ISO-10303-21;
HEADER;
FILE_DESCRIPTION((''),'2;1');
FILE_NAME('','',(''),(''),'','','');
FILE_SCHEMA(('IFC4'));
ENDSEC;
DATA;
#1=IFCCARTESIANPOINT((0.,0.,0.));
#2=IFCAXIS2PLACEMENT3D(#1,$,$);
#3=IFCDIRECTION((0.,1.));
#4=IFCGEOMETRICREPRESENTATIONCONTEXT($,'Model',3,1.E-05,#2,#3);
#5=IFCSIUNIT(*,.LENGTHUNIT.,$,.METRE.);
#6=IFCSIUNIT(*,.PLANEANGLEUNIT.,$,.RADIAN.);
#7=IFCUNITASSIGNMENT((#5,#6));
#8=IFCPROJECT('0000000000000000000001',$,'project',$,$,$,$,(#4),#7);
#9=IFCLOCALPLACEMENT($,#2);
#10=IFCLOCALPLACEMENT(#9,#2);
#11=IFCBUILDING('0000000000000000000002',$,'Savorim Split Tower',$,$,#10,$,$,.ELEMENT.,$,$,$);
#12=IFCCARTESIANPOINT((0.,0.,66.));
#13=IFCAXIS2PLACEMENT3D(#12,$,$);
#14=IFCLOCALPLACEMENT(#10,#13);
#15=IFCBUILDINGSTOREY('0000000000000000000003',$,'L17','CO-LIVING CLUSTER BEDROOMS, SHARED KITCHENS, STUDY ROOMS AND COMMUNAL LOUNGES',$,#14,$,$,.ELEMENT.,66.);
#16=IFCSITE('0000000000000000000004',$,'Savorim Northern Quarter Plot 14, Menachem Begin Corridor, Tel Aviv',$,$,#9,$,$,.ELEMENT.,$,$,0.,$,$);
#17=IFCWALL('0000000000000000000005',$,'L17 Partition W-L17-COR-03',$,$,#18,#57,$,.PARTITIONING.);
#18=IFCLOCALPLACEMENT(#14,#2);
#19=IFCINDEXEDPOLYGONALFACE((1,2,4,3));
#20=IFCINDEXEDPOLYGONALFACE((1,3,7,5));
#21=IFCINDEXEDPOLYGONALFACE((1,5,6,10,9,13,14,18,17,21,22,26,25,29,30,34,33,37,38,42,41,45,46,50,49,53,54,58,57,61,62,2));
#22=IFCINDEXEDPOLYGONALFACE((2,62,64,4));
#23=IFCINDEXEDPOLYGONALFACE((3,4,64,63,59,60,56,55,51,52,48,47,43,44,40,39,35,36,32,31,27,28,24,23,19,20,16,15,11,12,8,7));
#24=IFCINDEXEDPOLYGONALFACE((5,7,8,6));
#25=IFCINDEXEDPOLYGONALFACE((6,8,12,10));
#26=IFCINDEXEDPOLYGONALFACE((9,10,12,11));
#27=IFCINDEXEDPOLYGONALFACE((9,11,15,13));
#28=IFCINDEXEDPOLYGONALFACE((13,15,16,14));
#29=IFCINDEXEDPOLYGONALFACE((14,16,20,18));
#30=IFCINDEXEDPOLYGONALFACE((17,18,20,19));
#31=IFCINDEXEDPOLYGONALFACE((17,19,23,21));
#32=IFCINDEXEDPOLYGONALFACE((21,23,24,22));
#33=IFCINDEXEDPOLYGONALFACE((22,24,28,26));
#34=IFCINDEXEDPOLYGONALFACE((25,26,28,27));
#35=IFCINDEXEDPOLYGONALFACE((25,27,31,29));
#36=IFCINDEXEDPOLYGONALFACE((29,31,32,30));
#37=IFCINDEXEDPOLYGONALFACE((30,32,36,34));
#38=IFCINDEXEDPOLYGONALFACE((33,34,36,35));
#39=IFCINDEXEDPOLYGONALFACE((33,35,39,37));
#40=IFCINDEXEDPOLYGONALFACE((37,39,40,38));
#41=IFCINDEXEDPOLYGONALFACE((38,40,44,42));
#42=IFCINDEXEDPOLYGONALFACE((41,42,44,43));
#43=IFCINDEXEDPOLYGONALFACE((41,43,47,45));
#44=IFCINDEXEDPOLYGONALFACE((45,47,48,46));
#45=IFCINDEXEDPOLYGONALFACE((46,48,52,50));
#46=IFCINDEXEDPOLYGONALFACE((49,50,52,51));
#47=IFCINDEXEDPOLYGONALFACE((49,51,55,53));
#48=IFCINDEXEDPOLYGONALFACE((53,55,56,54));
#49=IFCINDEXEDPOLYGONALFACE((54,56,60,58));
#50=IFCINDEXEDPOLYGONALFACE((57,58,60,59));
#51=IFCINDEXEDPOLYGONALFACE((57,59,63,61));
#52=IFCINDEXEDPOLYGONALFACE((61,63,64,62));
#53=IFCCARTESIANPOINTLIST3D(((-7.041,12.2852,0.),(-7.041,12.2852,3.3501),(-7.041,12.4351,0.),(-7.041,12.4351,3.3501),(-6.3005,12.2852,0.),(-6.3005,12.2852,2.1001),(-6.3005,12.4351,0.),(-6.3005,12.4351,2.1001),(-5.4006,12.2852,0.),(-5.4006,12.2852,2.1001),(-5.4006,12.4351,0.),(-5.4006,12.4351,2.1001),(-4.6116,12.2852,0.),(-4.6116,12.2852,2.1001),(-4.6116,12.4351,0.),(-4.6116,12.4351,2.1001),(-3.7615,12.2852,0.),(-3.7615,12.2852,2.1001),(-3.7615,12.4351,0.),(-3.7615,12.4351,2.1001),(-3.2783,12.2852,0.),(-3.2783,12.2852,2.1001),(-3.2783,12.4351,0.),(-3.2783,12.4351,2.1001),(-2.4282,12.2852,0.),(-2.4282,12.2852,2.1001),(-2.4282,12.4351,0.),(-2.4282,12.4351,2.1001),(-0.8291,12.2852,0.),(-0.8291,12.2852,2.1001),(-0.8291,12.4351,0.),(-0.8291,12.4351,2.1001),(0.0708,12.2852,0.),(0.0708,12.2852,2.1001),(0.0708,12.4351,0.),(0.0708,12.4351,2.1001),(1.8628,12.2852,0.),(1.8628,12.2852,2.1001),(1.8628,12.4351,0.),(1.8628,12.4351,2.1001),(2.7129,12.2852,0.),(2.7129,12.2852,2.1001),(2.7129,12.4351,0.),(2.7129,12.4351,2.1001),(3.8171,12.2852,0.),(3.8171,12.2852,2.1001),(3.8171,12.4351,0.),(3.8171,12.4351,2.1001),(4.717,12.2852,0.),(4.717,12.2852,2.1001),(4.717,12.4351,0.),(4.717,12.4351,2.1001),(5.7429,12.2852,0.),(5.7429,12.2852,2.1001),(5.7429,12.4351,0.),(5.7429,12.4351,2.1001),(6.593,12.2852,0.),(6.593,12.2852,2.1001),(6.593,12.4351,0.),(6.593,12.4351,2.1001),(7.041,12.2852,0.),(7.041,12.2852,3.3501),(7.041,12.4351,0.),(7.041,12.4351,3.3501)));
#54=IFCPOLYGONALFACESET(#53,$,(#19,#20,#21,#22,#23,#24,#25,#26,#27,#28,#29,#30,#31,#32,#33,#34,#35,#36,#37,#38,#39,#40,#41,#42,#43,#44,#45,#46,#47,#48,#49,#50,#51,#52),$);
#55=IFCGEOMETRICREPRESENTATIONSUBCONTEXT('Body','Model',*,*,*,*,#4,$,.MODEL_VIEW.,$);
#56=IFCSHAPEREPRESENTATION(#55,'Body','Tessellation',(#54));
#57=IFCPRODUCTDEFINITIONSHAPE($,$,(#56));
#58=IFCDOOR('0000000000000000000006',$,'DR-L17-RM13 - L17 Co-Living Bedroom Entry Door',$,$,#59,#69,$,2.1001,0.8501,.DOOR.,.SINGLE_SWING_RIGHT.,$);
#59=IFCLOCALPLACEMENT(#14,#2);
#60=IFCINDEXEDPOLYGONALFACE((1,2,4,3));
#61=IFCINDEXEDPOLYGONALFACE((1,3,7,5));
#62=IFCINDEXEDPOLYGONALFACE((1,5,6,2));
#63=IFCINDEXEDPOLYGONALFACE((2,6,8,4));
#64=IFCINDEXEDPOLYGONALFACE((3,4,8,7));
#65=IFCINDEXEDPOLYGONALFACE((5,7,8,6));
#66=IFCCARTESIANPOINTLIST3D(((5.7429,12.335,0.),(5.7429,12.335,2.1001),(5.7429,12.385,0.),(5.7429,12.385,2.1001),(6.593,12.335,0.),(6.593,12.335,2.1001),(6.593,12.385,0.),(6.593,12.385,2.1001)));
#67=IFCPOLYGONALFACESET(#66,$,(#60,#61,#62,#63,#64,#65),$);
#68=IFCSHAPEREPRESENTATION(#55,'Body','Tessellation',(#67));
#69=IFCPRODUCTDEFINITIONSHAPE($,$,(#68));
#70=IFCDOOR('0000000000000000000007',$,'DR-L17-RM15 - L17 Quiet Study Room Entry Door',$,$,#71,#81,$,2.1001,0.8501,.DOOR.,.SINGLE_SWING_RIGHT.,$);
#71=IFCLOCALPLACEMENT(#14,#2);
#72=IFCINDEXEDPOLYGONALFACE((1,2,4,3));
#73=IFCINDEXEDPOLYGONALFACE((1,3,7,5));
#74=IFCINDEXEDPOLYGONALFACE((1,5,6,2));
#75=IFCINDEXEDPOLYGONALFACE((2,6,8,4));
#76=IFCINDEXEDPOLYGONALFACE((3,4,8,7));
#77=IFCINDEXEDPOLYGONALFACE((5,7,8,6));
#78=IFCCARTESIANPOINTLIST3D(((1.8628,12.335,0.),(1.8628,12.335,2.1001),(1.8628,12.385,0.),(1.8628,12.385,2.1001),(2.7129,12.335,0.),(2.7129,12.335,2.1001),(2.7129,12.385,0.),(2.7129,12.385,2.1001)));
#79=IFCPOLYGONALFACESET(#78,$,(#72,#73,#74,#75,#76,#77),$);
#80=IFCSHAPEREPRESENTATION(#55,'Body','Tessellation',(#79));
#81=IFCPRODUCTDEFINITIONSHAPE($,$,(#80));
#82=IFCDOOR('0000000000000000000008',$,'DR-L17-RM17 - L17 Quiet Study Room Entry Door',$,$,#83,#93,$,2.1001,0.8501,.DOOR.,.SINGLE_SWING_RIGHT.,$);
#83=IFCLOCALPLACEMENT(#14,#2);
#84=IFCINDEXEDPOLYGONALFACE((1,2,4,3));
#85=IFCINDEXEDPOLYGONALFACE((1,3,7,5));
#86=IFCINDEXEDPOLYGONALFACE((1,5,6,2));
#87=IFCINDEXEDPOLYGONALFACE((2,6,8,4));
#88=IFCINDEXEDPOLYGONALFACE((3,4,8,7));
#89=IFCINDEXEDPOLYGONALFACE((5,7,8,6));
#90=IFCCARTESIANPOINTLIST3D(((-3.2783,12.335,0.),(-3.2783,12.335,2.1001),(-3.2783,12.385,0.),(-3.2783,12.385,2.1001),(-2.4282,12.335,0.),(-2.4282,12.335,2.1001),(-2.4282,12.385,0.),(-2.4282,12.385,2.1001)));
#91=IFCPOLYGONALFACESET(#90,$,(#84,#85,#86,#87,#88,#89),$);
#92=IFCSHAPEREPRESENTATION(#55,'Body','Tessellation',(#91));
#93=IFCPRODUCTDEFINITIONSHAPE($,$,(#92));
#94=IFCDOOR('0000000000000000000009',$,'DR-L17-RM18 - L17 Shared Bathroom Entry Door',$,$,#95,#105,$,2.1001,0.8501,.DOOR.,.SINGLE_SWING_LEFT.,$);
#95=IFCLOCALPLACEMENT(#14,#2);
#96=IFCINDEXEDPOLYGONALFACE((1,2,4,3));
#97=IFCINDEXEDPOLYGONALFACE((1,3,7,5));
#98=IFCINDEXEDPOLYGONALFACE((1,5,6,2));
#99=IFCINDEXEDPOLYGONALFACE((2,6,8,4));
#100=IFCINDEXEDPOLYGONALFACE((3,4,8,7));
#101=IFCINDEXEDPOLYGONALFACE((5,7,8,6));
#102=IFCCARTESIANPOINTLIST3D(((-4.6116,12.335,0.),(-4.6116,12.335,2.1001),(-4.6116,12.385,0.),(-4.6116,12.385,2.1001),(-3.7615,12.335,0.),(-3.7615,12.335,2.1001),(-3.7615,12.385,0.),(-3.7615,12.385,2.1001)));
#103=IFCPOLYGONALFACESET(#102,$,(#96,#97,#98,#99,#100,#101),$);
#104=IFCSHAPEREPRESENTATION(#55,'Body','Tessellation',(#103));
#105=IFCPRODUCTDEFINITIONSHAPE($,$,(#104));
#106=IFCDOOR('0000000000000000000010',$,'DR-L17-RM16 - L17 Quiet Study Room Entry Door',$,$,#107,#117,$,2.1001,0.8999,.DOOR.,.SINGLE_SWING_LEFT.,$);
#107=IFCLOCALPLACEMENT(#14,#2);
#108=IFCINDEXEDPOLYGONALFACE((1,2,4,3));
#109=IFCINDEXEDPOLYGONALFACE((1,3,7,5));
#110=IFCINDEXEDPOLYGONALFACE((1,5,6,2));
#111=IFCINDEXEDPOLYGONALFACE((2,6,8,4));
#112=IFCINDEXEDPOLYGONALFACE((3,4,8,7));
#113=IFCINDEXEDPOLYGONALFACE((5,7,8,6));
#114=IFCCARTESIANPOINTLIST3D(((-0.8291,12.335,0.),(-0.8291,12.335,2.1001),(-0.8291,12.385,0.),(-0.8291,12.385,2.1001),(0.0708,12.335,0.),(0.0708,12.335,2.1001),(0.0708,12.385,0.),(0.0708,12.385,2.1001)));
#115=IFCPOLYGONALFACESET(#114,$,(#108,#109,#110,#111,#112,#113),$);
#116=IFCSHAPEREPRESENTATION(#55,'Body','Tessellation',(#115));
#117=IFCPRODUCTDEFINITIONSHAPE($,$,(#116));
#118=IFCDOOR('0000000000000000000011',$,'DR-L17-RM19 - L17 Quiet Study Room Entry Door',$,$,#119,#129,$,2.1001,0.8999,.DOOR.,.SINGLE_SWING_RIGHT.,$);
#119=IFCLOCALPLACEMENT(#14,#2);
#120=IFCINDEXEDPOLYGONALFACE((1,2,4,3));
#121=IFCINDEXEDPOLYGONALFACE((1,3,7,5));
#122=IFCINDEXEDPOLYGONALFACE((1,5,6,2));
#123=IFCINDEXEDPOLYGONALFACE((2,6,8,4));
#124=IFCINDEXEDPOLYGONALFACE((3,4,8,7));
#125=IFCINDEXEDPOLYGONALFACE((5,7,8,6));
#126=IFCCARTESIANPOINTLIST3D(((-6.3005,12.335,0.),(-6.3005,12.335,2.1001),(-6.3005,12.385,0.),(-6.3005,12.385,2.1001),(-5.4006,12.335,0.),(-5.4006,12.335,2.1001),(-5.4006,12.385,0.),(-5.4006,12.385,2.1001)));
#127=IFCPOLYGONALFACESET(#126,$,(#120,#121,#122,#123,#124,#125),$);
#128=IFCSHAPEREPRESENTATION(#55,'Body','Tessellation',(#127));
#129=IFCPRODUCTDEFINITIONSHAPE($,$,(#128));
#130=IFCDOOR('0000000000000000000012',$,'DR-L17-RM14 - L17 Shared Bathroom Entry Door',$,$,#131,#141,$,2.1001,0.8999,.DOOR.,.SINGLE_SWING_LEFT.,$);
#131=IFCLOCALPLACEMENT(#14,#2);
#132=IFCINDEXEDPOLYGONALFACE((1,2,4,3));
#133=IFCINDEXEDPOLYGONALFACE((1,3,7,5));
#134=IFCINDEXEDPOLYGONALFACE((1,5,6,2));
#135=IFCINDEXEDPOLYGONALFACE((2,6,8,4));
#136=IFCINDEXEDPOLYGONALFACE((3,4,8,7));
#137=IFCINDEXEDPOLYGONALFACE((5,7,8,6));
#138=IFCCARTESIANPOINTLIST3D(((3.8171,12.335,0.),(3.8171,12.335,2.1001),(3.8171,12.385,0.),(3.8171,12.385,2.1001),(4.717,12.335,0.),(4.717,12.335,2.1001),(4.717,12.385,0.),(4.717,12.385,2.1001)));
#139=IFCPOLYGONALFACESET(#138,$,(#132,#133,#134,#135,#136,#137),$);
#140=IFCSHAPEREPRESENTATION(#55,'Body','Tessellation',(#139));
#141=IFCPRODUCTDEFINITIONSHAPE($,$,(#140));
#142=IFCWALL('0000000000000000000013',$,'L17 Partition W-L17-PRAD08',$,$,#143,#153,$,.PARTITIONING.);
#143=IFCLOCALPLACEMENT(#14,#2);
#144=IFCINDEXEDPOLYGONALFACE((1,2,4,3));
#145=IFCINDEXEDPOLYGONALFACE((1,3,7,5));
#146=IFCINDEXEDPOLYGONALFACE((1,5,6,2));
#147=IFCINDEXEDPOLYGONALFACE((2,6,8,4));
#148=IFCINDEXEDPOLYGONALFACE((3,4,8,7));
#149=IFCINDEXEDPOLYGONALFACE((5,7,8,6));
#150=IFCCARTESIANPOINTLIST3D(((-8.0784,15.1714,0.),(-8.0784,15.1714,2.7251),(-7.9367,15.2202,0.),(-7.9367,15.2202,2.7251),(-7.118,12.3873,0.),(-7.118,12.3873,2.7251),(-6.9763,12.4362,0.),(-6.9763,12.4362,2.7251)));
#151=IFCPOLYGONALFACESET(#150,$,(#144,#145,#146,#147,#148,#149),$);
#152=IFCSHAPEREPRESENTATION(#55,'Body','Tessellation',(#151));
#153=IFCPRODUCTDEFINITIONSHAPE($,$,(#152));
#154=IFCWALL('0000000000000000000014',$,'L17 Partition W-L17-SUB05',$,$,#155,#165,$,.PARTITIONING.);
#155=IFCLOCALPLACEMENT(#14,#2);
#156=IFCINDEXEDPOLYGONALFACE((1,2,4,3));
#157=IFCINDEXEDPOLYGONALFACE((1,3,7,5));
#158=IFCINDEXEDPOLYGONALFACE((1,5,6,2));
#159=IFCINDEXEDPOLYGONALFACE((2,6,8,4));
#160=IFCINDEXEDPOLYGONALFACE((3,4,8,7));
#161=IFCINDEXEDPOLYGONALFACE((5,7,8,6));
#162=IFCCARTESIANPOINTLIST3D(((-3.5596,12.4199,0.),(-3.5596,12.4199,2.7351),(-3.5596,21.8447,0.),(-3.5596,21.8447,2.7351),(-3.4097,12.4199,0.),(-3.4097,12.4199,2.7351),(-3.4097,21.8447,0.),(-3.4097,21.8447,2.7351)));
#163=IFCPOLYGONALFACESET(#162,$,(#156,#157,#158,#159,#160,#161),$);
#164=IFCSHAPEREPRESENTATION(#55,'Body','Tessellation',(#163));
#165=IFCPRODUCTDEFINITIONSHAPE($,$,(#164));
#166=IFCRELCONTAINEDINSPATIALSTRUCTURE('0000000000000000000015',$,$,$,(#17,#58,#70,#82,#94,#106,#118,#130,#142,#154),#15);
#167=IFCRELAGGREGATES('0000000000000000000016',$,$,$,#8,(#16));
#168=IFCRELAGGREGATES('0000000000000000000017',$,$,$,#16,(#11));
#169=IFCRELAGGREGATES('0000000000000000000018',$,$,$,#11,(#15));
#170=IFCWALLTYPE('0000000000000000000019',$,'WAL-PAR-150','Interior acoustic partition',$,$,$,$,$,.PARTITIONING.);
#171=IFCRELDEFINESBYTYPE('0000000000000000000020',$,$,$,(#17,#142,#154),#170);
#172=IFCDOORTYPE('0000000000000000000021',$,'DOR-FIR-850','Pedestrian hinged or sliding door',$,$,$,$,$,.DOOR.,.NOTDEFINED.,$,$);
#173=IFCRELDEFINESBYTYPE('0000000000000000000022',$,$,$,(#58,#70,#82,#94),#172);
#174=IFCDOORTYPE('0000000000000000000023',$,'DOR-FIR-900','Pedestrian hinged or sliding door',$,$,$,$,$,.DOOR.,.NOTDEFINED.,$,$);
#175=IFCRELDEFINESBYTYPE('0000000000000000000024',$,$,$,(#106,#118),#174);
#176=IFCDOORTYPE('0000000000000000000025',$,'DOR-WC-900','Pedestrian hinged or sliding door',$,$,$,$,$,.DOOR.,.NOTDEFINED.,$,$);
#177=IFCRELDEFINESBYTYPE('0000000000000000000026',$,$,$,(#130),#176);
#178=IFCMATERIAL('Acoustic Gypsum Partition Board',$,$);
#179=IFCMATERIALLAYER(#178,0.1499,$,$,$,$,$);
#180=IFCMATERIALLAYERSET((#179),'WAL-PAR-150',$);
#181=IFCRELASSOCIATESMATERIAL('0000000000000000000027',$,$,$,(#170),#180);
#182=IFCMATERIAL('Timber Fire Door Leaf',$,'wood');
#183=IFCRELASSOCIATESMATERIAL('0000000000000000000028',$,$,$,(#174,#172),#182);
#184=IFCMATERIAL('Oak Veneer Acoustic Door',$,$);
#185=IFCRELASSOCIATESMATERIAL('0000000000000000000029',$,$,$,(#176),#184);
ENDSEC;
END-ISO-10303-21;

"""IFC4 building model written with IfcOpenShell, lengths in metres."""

from ifc_helpers import new_model, si_unit, direction, frame, frame_2d, origin, place, context, subcontext, project, spatial, rectangle, extrude, material, layer, layer_set, type_object, element, fill, save


model = new_model("IFC4")

# Units and contexts
model_context = context("Model", 3, precision=1e-05, world=origin(), true_north=direction((0.0, 1.0)))
body_context = subcontext(model_context, "Body", "Model", "MODEL_VIEW")
ifc_project = project(units=[si_unit("LENGTHUNIT", "METRE"), si_unit("PLANEANGLEUNIT", "RADIAN")], contexts=[model_context])

# Site, building, storey
site_placement = place(None, origin())
site = spatial("IfcSite", under=ifc_project, at=site_placement, Name="Savorim Northern Quarter Plot 14, Menachem Begin Corridor, Tel Aviv", CompositionType="ELEMENT", RefElevation=0.0)
building_placement = place(site_placement, origin())
building = spatial("IfcBuilding", under=site, at=building_placement, Name="Savorim Split Tower", CompositionType="ELEMENT")
storey_placement = place(building_placement, frame((0.0, 0.0, 66.0)))
storey = spatial("IfcBuildingStorey", under=building, at=storey_placement, Name="L17", Description="CO-LIVING CLUSTER BEDROOMS, SHARED KITCHENS, STUDY ROOMS AND COMMUNAL LOUNGES", CompositionType="ELEMENT", Elevation=66.0)

# Shared definitions
ifc_material_1 = material(Name="Acoustic Gypsum Partition Board")
ifc_layer_1 = layer(ifc_material_1, 0.1499)
ifc_layer_set_1 = layer_set([ifc_layer_1], Name="WAL-PAR-150")
wall_type = type_object("IfcWallType", Name="WAL-PAR-150", Description="Interior acoustic partition", PredefinedType="PARTITIONING", material=ifc_layer_set_1)
ifc_material_2 = material(Name="Timber Fire Door Leaf", Category="wood")
door_type_1 = type_object("IfcDoorType", Name="DOR-FIR-900", Description="Pedestrian hinged or sliding door", OperationType="NOTDEFINED", PredefinedType="DOOR", material=ifc_material_2)

# Wall, openings, doors
wall_1_placement = place(storey_placement, frame((-7.041, 12.3601, 0.0), z_axis=(0.0, 0.0, 1.0), x_axis=(1.0, 0.0, 0.0)))
wall_1 = element("IfcWall", 1, at=wall_1_placement, inside=storey, type_object=wall_type, Name="L17 Partition W-L17-COR-03", PredefinedType="PARTITIONING", context=body_context, shape_type="SweptSolid", body=[
    extrude(rectangle(XDim=14.082, YDim=0.1499, at=frame_2d((7.041, 0.0))), origin(), (0.0, 0.0, 1.0), 3.3501),
])
opening_1_placement = place(wall_1_placement, frame((12.7839, 0.0, 0.0)))
opening_1 = element("IfcOpeningElement", 2, at=opening_1_placement, cuts=wall_1, PredefinedType="OPENING", context=body_context, shape_type="SweptSolid", body=[
    extrude(rectangle(XDim=0.8501, YDim=2.1001, at=frame_2d((0.425, 1.05))), frame((0.0, 0.085, 0.0), z_axis=(0.0, -1.0, 0.0), x_axis=(1.0, 0.0, 0.0)), (0.0, 0.0, 1.0), 0.1699),
])
opening_2_placement = place(wall_1_placement, frame((10.8582, 0.0, 0.0)))
opening_2 = element("IfcOpeningElement", 3, at=opening_2_placement, cuts=wall_1, PredefinedType="OPENING", context=body_context, shape_type="SweptSolid", body=[
    extrude(rectangle(XDim=0.8999, YDim=2.1001, at=frame_2d((0.45, 1.05))), frame((0.0, 0.085, 0.0), z_axis=(0.0, -1.0, 0.0), x_axis=(1.0, 0.0, 0.0)), (0.0, 0.0, 1.0), 0.1699),
])
opening_3_placement = place(wall_1_placement, frame((8.9038, 0.0, 0.0)))
opening_3 = element("IfcOpeningElement", 4, at=opening_3_placement, cuts=wall_1, PredefinedType="OPENING", context=body_context, shape_type="SweptSolid", body=[
    extrude(rectangle(XDim=0.8501, YDim=2.1001, at=frame_2d((0.425, 1.05))), frame((0.0, 0.085, 0.0), z_axis=(0.0, -1.0, 0.0), x_axis=(1.0, 0.0, 0.0)), (0.0, 0.0, 1.0), 0.1699),
])
opening_4_placement = place(wall_1_placement, frame((6.2119, 0.0, 0.0)))
opening_4 = element("IfcOpeningElement", 5, at=opening_4_placement, cuts=wall_1, PredefinedType="OPENING", context=body_context, shape_type="SweptSolid", body=[
    extrude(rectangle(XDim=0.8999, YDim=2.1001, at=frame_2d((0.45, 1.05))), frame((0.0, 0.085, 0.0), z_axis=(0.0, -1.0, 0.0), x_axis=(1.0, 0.0, 0.0)), (0.0, 0.0, 1.0), 0.1699),
])
opening_5_placement = place(wall_1_placement, frame((3.7627, 0.0, 0.0)))
opening_5 = element("IfcOpeningElement", 6, at=opening_5_placement, cuts=wall_1, PredefinedType="OPENING", context=body_context, shape_type="SweptSolid", body=[
    extrude(rectangle(XDim=0.8501, YDim=2.1001, at=frame_2d((0.425, 1.05))), frame((0.0, 0.085, 0.0), z_axis=(0.0, -1.0, 0.0), x_axis=(1.0, 0.0, 0.0)), (0.0, 0.0, 1.0), 0.1699),
])
opening_6_placement = place(wall_1_placement, frame((2.4294, 0.0, 0.0)))
opening_6 = element("IfcOpeningElement", 7, at=opening_6_placement, cuts=wall_1, PredefinedType="OPENING", context=body_context, shape_type="SweptSolid", body=[
    extrude(rectangle(XDim=0.8501, YDim=2.1001, at=frame_2d((0.425, 1.05))), frame((0.0, 0.085, 0.0), z_axis=(0.0, -1.0, 0.0), x_axis=(1.0, 0.0, 0.0)), (0.0, 0.0, 1.0), 0.1699),
])
opening_7_placement = place(wall_1_placement, frame((0.7405, 0.0, 0.0)))
opening_7 = element("IfcOpeningElement", 8, at=opening_7_placement, cuts=wall_1, PredefinedType="OPENING", context=body_context, shape_type="SweptSolid", body=[
    extrude(rectangle(XDim=0.8999, YDim=2.1001, at=frame_2d((0.45, 1.05))), frame((0.0, 0.085, 0.0), z_axis=(0.0, -1.0, 0.0), x_axis=(1.0, 0.0, 0.0)), (0.0, 0.0, 1.0), 0.1699),
])
door_type_2 = type_object("IfcDoorType", Name="DOR-FIR-850", Description="Pedestrian hinged or sliding door", OperationType="NOTDEFINED", PredefinedType="DOOR", material=ifc_material_2)
door_1_placement = place(opening_1_placement, origin())
door_1 = element("IfcDoor", 9, at=door_1_placement, inside=storey, type_object=door_type_2, Name="DR-L17-RM13 - L17 Co-Living Bedroom Entry Door", OperationType="SINGLE_SWING_RIGHT", OverallHeight=2.1001, OverallWidth=0.8501, PredefinedType="DOOR", context=body_context, shape_type="SweptSolid", body=[
    extrude(rectangle(XDim=0.8501, YDim=2.1001, at=frame_2d((0.425, 1.05))), frame((0.0, 0.0249, 0.0), z_axis=(0.0, -1.0, 0.0), x_axis=(1.0, 0.0, 0.0)), (0.0, 0.0, 1.0), 0.05),
])
fill(opening_1, door_1)
door_2_placement = place(opening_3_placement, origin())
door_2 = element("IfcDoor", 10, at=door_2_placement, inside=storey, type_object=door_type_2, Name="DR-L17-RM15 - L17 Quiet Study Room Entry Door", OperationType="SINGLE_SWING_RIGHT", OverallHeight=2.1001, OverallWidth=0.8501, PredefinedType="DOOR", context=body_context, shape_type="SweptSolid", body=[
    extrude(rectangle(XDim=0.8501, YDim=2.1001, at=frame_2d((0.425, 1.05))), frame((0.0, 0.0249, 0.0), z_axis=(0.0, -1.0, 0.0), x_axis=(1.0, 0.0, 0.0)), (0.0, 0.0, 1.0), 0.05),
])
fill(opening_3, door_2)
door_3_placement = place(opening_5_placement, origin())
door_3 = element("IfcDoor", 11, at=door_3_placement, inside=storey, type_object=door_type_2, Name="DR-L17-RM17 - L17 Quiet Study Room Entry Door", OperationType="SINGLE_SWING_RIGHT", OverallHeight=2.1001, OverallWidth=0.8501, PredefinedType="DOOR", context=body_context, shape_type="SweptSolid", body=[
    extrude(rectangle(XDim=0.8501, YDim=2.1001, at=frame_2d((0.425, 1.05))), frame((0.0, 0.0249, 0.0), z_axis=(0.0, -1.0, 0.0), x_axis=(1.0, 0.0, 0.0)), (0.0, 0.0, 1.0), 0.05),
])
fill(opening_5, door_3)
door_4_placement = place(opening_6_placement, origin())
door_4 = element("IfcDoor", 12, at=door_4_placement, inside=storey, type_object=door_type_2, Name="DR-L17-RM18 - L17 Shared Bathroom Entry Door", OperationType="SINGLE_SWING_LEFT", OverallHeight=2.1001, OverallWidth=0.8501, PredefinedType="DOOR", context=body_context, shape_type="SweptSolid", body=[
    extrude(rectangle(XDim=0.8501, YDim=2.1001, at=frame_2d((0.425, 1.05))), frame((0.0, 0.0249, 0.0), z_axis=(0.0, -1.0, 0.0), x_axis=(1.0, 0.0, 0.0)), (0.0, 0.0, 1.0), 0.05),
])
fill(opening_6, door_4)
door_5_placement = place(opening_4_placement, origin())
door_5 = element("IfcDoor", 13, at=door_5_placement, inside=storey, type_object=door_type_1, Name="DR-L17-RM16 - L17 Quiet Study Room Entry Door", OperationType="SINGLE_SWING_LEFT", OverallHeight=2.1001, OverallWidth=0.8999, PredefinedType="DOOR", context=body_context, shape_type="SweptSolid", body=[
    extrude(rectangle(XDim=0.8999, YDim=2.1001, at=frame_2d((0.45, 1.05))), frame((0.0, 0.0249, 0.0), z_axis=(0.0, -1.0, 0.0), x_axis=(1.0, 0.0, 0.0)), (0.0, 0.0, 1.0), 0.05),
])
fill(opening_4, door_5)
door_6_placement = place(opening_7_placement, origin())
door_6 = element("IfcDoor", 14, at=door_6_placement, inside=storey, type_object=door_type_1, Name="DR-L17-RM19 - L17 Quiet Study Room Entry Door", OperationType="SINGLE_SWING_RIGHT", OverallHeight=2.1001, OverallWidth=0.8999, PredefinedType="DOOR", context=body_context, shape_type="SweptSolid", body=[
    extrude(rectangle(XDim=0.8999, YDim=2.1001, at=frame_2d((0.45, 1.05))), frame((0.0, 0.0249, 0.0), z_axis=(0.0, -1.0, 0.0), x_axis=(1.0, 0.0, 0.0)), (0.0, 0.0, 1.0), 0.05),
])
fill(opening_7, door_6)
ifc_material_3 = material(Name="Oak Veneer Acoustic Door")
door_type_3 = type_object("IfcDoorType", Name="DOR-WC-900", Description="Pedestrian hinged or sliding door", OperationType="NOTDEFINED", PredefinedType="DOOR", material=ifc_material_3)
door_7_placement = place(opening_2_placement, origin())
door_7 = element("IfcDoor", 15, at=door_7_placement, inside=storey, type_object=door_type_3, Name="DR-L17-RM14 - L17 Shared Bathroom Entry Door", OperationType="SINGLE_SWING_LEFT", OverallHeight=2.1001, OverallWidth=0.8999, PredefinedType="DOOR", context=body_context, shape_type="SweptSolid", body=[
    extrude(rectangle(XDim=0.8999, YDim=2.1001, at=frame_2d((0.45, 1.05))), frame((0.0, 0.0249, 0.0), z_axis=(0.0, -1.0, 0.0), x_axis=(1.0, 0.0, 0.0)), (0.0, 0.0, 1.0), 0.05),
])
fill(opening_2, door_7)

# Walls
wall_2_placement = place(storey_placement, frame((-7.0471, 12.4116, 0.0), z_axis=(0.0, 0.0, 1.0), x_axis=(-0.326108, 0.945332, 0.0)))
element("IfcWall", 16, at=wall_2_placement, inside=storey, type_object=wall_type, Name="L17 Partition W-L17-PRAD08", PredefinedType="PARTITIONING", context=body_context, shape_type="SweptSolid", body=[
    extrude(rectangle(XDim=2.9451, YDim=0.1499, at=frame_2d((1.4727, 0.0))), origin(), (0.0, 0.0, 1.0), 2.7251),
])
wall_3_placement = place(storey_placement, frame((-3.4846, 12.4199, 0.0), z_axis=(0.0, 0.0, 1.0), x_axis=(0.0, 1.0, 0.0)))
element("IfcWall", 17, at=wall_3_placement, inside=storey, type_object=wall_type, Name="L17 Partition W-L17-SUB05", PredefinedType="PARTITIONING", context=body_context, shape_type="SweptSolid", body=[
    extrude(rectangle(XDim=9.4248, YDim=0.1499, at=frame_2d((4.7124, 0.0))), origin(), (0.0, 0.0, 1.0), 2.7351),
])

save(model, "model.ifc")
